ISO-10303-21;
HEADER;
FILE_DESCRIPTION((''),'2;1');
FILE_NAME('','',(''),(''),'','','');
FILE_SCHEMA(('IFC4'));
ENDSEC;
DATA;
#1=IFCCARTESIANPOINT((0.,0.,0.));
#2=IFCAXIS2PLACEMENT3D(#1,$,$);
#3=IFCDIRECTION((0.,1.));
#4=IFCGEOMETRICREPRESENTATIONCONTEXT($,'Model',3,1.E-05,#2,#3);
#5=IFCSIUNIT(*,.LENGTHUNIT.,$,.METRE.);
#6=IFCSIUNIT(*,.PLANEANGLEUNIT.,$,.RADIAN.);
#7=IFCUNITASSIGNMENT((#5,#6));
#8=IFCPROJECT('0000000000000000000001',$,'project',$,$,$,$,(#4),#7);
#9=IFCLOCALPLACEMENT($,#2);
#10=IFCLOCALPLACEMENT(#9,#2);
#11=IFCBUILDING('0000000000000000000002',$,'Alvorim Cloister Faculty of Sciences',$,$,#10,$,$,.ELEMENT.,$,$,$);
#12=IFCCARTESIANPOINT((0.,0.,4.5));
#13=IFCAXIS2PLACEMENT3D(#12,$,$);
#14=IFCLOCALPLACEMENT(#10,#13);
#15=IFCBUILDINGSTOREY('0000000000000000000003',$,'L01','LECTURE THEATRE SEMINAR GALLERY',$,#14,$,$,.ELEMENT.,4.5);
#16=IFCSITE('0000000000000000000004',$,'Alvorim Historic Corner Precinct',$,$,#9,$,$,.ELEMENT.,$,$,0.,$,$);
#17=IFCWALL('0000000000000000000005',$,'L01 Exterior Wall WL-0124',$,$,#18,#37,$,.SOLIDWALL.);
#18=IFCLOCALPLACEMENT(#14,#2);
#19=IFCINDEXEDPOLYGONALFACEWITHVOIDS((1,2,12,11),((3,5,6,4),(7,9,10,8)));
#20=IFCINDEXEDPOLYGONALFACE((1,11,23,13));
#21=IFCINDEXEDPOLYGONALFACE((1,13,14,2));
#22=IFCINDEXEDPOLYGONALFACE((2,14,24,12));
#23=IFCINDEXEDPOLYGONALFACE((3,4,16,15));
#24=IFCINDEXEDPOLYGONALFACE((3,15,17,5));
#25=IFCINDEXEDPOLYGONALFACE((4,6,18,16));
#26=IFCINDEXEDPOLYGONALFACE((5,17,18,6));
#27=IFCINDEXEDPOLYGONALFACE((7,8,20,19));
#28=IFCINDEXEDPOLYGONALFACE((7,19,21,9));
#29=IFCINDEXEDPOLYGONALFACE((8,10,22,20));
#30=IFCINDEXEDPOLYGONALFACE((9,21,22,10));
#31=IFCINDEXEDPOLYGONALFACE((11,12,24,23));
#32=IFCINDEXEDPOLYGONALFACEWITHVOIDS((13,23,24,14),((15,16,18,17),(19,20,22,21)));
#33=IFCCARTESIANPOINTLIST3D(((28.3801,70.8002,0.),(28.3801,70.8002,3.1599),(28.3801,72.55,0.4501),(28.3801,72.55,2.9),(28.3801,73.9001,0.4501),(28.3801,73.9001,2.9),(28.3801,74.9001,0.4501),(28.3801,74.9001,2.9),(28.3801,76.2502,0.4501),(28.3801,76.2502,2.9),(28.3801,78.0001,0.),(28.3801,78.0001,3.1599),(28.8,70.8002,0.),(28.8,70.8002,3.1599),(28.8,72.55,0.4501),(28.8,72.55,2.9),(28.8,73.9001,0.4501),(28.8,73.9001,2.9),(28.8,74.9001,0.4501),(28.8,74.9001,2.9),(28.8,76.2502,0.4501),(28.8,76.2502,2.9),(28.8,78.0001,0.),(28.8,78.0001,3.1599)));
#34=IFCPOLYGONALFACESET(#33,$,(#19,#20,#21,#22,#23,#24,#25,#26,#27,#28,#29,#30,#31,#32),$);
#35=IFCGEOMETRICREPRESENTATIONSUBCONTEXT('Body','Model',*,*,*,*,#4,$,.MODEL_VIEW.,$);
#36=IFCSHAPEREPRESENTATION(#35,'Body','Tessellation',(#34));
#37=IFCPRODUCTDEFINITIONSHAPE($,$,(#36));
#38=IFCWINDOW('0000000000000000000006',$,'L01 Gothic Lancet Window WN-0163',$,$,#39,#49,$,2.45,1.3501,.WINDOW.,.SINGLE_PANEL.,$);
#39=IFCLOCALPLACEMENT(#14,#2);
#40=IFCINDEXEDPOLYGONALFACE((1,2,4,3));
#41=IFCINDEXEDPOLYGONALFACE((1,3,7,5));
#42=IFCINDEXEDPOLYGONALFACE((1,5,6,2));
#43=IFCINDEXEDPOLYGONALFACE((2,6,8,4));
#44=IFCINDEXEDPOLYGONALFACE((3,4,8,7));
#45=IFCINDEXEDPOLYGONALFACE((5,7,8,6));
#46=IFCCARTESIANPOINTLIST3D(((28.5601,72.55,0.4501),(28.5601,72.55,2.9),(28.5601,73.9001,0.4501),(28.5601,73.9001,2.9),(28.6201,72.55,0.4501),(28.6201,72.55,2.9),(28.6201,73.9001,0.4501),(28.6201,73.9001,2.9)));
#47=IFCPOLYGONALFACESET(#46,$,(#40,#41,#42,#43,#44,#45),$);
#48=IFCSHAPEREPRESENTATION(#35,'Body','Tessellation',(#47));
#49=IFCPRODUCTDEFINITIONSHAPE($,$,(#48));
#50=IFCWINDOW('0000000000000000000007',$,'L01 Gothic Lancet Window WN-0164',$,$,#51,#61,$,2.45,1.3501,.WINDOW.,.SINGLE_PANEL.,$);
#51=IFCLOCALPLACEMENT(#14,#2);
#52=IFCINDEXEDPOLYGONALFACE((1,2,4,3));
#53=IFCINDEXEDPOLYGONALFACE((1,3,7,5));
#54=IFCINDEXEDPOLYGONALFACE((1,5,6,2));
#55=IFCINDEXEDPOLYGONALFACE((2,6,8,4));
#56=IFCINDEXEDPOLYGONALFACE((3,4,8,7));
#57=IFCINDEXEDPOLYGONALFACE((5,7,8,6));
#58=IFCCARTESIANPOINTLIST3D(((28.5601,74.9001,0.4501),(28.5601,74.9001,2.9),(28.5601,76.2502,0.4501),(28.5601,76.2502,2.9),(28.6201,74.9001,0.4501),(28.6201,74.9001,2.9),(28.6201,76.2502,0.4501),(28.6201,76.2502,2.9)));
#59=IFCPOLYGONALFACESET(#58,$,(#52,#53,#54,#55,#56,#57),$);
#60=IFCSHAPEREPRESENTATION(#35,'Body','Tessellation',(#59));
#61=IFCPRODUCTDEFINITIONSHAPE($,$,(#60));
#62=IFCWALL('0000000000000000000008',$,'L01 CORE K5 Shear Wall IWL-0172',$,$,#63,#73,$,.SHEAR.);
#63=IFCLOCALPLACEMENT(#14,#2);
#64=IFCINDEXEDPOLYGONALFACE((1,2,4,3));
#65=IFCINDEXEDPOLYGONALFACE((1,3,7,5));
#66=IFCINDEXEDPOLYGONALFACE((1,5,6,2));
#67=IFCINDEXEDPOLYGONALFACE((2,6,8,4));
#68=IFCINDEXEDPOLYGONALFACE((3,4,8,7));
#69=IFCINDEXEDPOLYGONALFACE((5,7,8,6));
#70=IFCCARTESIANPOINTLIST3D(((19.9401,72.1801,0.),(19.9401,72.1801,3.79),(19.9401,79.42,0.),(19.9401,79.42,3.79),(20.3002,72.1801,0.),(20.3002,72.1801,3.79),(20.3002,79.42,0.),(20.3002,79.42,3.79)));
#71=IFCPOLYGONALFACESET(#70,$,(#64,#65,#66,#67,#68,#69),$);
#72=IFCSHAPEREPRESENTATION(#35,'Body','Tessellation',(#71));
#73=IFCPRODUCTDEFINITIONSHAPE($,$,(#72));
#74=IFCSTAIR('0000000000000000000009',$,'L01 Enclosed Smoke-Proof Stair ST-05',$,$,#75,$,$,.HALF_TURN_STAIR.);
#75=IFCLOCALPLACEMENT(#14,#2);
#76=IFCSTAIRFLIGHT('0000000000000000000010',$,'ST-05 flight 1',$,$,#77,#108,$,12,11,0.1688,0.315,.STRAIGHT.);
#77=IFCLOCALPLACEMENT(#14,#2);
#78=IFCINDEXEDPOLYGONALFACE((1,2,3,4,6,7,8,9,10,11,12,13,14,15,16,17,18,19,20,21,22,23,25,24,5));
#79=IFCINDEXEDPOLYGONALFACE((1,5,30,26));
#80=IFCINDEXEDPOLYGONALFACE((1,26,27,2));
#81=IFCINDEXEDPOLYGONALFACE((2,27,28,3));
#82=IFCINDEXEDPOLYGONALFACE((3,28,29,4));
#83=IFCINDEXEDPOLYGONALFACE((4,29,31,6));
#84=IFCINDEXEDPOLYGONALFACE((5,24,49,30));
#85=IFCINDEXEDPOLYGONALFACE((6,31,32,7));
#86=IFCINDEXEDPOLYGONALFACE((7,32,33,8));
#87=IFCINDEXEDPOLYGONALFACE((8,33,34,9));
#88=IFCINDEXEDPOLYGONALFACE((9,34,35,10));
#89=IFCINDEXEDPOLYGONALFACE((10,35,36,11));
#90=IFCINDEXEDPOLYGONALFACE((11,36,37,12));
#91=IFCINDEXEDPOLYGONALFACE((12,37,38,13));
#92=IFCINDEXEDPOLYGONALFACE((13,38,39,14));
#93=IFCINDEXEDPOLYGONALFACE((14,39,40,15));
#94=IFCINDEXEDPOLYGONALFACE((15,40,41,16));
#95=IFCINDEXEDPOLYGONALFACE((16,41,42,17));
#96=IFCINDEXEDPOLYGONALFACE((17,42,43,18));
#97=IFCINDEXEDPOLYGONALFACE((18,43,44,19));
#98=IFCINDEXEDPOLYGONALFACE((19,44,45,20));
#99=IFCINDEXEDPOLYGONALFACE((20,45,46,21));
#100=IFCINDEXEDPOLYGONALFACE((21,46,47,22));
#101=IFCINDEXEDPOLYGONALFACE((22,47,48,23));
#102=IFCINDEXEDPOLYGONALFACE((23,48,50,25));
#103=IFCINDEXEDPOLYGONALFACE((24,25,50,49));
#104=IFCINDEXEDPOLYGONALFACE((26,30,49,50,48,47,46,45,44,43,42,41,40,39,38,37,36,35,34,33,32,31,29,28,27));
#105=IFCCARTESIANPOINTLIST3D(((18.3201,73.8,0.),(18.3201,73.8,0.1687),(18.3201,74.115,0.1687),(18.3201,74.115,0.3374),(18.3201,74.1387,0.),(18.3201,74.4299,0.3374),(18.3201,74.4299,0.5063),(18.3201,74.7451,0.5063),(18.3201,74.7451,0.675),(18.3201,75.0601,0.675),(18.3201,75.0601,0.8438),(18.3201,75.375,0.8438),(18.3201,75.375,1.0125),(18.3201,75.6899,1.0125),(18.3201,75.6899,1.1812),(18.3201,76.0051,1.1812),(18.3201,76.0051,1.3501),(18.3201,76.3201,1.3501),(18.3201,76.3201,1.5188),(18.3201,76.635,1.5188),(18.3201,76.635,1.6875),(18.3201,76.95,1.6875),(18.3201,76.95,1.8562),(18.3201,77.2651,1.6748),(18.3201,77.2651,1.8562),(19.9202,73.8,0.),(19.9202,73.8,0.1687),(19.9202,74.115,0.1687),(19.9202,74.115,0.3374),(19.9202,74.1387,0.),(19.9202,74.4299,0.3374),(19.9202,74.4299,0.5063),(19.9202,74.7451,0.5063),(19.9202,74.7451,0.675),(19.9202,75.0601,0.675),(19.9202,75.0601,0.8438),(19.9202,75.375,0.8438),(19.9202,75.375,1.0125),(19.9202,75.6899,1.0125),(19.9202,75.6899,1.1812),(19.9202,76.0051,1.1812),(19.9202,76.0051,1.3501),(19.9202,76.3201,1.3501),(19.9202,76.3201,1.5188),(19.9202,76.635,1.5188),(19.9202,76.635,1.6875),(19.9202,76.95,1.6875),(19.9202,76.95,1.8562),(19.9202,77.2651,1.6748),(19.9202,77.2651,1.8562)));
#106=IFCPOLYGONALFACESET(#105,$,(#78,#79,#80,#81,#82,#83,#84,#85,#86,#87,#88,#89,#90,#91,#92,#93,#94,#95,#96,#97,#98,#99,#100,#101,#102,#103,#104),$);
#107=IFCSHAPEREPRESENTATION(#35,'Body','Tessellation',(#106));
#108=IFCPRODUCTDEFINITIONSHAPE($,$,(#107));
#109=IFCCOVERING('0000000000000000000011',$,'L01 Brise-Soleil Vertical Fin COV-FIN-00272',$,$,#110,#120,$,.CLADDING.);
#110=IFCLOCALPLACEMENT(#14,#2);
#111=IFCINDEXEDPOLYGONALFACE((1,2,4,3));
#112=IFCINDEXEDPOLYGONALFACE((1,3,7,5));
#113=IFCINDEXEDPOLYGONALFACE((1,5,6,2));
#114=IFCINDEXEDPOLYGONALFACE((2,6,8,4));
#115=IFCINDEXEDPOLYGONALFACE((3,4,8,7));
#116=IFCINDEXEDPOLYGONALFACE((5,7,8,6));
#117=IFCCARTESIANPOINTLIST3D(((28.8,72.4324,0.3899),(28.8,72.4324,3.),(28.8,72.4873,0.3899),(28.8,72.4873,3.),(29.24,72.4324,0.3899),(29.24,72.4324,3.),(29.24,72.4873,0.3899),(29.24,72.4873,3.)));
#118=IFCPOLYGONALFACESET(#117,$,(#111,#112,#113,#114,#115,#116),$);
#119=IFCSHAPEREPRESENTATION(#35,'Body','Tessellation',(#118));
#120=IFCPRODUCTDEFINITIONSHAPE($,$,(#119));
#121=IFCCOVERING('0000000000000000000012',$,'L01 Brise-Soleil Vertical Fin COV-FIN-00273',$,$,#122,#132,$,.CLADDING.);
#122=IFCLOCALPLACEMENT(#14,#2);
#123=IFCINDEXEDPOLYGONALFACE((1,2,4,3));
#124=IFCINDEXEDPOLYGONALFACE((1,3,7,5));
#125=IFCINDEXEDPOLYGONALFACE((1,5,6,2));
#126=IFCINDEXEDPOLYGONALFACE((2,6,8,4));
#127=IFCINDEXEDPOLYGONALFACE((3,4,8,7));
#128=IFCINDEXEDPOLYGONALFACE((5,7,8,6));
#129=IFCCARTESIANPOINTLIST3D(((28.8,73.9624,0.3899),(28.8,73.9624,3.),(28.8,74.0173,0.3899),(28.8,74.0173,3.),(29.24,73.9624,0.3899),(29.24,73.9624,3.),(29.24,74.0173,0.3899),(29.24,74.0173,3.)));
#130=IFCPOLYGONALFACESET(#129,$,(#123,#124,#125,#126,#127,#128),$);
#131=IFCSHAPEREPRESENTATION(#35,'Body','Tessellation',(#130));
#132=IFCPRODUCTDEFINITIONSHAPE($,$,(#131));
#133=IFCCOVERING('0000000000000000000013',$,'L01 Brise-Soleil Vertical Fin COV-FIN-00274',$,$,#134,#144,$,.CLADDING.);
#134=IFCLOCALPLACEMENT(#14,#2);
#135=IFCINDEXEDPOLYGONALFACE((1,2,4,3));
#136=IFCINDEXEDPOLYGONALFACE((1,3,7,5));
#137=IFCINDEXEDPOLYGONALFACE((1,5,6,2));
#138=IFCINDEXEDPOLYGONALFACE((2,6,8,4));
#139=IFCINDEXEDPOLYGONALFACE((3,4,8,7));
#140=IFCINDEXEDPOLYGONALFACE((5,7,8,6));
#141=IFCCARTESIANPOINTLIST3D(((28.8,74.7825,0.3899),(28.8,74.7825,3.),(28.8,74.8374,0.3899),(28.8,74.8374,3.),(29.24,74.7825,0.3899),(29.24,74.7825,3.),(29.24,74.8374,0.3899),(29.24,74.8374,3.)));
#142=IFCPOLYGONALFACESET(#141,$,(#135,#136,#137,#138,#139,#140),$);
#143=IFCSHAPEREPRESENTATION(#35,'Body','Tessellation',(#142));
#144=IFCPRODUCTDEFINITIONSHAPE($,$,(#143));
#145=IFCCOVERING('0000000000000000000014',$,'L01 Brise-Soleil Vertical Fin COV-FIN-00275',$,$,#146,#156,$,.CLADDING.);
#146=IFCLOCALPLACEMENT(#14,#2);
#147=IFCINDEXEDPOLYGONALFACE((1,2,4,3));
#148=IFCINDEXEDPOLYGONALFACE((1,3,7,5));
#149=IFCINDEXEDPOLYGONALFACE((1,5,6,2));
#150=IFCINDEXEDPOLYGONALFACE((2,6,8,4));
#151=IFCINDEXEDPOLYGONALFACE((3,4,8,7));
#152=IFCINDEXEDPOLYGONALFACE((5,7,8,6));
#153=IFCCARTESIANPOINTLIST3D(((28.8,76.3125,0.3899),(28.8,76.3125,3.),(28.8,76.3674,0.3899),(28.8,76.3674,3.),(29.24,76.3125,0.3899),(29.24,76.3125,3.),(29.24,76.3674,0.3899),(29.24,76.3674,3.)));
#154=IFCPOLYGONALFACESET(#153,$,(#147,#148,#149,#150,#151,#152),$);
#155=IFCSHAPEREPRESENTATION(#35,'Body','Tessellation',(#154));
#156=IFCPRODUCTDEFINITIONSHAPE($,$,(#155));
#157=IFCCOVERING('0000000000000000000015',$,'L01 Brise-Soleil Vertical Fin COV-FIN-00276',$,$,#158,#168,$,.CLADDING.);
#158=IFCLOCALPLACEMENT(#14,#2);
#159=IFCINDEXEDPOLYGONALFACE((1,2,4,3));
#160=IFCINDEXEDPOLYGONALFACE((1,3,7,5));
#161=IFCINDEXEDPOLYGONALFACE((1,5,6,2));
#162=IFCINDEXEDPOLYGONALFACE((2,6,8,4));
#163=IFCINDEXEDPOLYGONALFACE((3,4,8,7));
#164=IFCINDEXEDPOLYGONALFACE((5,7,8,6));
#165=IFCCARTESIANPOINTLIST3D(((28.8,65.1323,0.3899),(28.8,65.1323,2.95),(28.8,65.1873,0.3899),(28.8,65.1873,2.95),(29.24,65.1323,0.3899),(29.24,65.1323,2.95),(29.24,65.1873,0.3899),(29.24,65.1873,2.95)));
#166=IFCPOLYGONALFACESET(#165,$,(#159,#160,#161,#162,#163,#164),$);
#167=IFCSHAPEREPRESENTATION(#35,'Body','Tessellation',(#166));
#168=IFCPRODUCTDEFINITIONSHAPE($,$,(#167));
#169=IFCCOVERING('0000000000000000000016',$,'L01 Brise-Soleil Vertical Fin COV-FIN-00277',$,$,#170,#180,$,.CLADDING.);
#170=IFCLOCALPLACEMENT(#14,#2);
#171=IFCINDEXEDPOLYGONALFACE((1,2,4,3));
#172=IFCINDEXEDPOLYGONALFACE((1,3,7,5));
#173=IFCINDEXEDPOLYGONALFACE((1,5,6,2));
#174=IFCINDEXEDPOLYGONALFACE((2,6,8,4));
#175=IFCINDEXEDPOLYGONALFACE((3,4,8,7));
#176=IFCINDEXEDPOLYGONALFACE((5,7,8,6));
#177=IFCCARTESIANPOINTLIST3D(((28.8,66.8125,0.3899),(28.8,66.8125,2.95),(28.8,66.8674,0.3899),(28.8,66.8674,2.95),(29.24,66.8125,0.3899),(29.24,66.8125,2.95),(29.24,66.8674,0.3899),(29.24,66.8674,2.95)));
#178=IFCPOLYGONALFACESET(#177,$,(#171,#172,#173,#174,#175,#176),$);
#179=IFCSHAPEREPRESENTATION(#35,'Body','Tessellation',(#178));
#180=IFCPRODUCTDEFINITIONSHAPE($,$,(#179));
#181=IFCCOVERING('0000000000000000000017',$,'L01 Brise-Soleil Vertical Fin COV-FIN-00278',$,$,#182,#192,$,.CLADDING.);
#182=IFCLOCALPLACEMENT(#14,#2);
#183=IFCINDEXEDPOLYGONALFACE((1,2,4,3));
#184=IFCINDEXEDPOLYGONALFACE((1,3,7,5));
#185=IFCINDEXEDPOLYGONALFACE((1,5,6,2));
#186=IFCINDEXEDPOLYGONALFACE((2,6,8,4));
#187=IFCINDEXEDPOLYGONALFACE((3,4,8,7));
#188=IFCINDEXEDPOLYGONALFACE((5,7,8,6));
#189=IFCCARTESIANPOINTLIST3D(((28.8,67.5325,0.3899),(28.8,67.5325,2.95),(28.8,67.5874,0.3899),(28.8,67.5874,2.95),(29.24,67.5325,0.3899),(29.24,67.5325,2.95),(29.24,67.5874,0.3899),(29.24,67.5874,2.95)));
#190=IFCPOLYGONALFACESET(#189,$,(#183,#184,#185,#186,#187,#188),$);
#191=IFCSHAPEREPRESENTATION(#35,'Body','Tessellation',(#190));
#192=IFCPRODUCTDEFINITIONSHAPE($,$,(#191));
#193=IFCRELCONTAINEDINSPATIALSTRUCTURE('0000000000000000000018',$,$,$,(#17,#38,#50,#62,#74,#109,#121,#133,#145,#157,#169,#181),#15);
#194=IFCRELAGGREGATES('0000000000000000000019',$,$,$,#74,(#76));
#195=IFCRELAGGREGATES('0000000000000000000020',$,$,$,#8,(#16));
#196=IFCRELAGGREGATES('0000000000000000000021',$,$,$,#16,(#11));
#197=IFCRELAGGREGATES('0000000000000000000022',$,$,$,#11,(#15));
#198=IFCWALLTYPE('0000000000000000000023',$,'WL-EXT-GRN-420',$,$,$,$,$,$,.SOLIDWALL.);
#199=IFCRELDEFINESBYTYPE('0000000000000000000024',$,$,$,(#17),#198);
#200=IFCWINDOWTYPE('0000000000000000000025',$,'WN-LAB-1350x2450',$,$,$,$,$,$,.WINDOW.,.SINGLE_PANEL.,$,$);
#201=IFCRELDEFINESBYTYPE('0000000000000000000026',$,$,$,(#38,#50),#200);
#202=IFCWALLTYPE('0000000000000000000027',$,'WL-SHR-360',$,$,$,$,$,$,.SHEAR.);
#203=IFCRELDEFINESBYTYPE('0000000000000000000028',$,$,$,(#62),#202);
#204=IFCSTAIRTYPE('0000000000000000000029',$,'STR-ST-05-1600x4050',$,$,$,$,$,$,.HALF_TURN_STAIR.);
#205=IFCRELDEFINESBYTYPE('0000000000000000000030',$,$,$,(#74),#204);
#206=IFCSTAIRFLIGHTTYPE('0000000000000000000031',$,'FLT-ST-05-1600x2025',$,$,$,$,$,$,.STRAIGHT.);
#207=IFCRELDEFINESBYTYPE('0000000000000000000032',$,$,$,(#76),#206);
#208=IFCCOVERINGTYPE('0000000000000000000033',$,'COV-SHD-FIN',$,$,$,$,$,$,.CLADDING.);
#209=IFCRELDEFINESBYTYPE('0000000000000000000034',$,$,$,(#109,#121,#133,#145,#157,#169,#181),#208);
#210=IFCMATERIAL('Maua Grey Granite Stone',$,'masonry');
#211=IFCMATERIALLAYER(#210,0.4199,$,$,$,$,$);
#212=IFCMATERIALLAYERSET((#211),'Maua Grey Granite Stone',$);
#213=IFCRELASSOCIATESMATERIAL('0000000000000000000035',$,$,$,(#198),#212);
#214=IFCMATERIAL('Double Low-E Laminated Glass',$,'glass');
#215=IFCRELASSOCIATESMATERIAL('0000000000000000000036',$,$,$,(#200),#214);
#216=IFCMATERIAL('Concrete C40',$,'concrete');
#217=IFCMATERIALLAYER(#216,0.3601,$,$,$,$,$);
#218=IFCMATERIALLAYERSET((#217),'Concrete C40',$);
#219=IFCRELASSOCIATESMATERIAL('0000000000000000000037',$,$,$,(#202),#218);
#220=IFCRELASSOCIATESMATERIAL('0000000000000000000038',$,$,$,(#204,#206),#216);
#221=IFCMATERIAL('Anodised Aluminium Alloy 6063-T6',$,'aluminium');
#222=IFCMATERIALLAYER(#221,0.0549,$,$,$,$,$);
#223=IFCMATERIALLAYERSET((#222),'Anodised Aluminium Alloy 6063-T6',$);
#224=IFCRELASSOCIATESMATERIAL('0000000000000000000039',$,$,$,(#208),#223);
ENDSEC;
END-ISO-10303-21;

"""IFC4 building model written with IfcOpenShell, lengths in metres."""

from ifc_helpers import new_model, si_unit, direction, frame, frame_2d, origin, place, context, subcontext, project, spatial, polyline, rectangle, outline, extrude, material, layer, layer_set, type_object, element, fill, aggregate, save


model = new_model("IFC4")

# Units and contexts
model_context = context("Model", 3, precision=1e-05, world=origin(), true_north=direction((0.0, 1.0)))
body_context = subcontext(model_context, "Body", "Model", "MODEL_VIEW")
ifc_project = project(units=[si_unit("LENGTHUNIT", "METRE"), si_unit("PLANEANGLEUNIT", "RADIAN")], contexts=[model_context])

# Site, building, storey
site_placement = place(None, origin())
site = spatial("IfcSite", under=ifc_project, at=site_placement, Name="Alvorim Historic Corner Precinct", CompositionType="ELEMENT", RefElevation=0.0)
building_placement = place(site_placement, origin())
building = spatial("IfcBuilding", under=site, at=building_placement, Name="Alvorim Cloister Faculty of Sciences", CompositionType="ELEMENT")
storey_placement = place(building_placement, frame((0.0, 0.0, 4.5)))
storey = spatial("IfcBuildingStorey", under=building, at=storey_placement, Name="L01", Description="LECTURE THEATRE SEMINAR GALLERY", CompositionType="ELEMENT", Elevation=4.5)

# Shared definitions
ifc_material_1 = material(Name="Concrete C40", Category="concrete")

# Wall, openings, windows
ifc_material_2 = material(Name="Maua Grey Granite Stone", Category="masonry")
ifc_layer_1 = layer(ifc_material_2, 0.4199)
ifc_layer_set_1 = layer_set([ifc_layer_1], Name="Maua Grey Granite Stone")
wall_type_1 = type_object("IfcWallType", Name="WL-EXT-GRN-420", PredefinedType="SOLIDWALL", material=ifc_layer_set_1)
wall_1_placement = place(storey_placement, frame((28.5901, 70.8, 0.0), z_axis=(0.0, 0.0, 1.0), x_axis=(0.0, 1.0, 0.0)))
wall_1 = element("IfcWall", 1, at=wall_1_placement, inside=storey, type_object=wall_type_1, Name="L01 Exterior Wall WL-0124", PredefinedType="SOLIDWALL", context=body_context, shape_type="SweptSolid", body=[
    extrude(rectangle(XDim=7.2, YDim=0.4199, at=frame_2d((3.6001, 0.0))), origin(), (0.0, 0.0, 1.0), 3.1599),
])
opening_1_placement = place(wall_1_placement, frame((1.75, 0.0, 0.45)))
opening_1 = element("IfcOpeningElement", 2, at=opening_1_placement, cuts=wall_1, PredefinedType="OPENING", context=body_context, shape_type="SweptSolid", body=[
    extrude(rectangle(XDim=1.3501, YDim=2.45, at=frame_2d((0.675, 1.2251))), frame((0.0, 0.2219, 0.0), z_axis=(0.0, -1.0, 0.0), x_axis=(1.0, 0.0, 0.0)), (0.0, 0.0, 1.0), 0.4438),
])
opening_2_placement = place(wall_1_placement, frame((4.1001, 0.0, 0.45)))
opening_2 = element("IfcOpeningElement", 3, at=opening_2_placement, cuts=wall_1, PredefinedType="OPENING", context=body_context, shape_type="SweptSolid", body=[
    extrude(rectangle(XDim=1.3501, YDim=2.45, at=frame_2d((0.675, 1.2251))), frame((0.0, 0.2219, 0.0), z_axis=(0.0, -1.0, 0.0), x_axis=(1.0, 0.0, 0.0)), (0.0, 0.0, 1.0), 0.4438),
])
ifc_material_3 = material(Name="Double Low-E Laminated Glass", Category="glass")
window_type = type_object("IfcWindowType", Name="WN-LAB-1350x2450", PartitioningType="SINGLE_PANEL", PredefinedType="WINDOW", material=ifc_material_3)
window_1_placement = place(opening_1_placement, origin())
window_1 = element("IfcWindow", 4, at=window_1_placement, inside=storey, type_object=window_type, Name="L01 Gothic Lancet Window WN-0163", OverallHeight=2.45, OverallWidth=1.3501, PartitioningType="SINGLE_PANEL", PredefinedType="WINDOW", context=body_context, shape_type="SweptSolid", body=[
    extrude(rectangle(XDim=1.3501, YDim=2.45, at=frame_2d((0.675, 1.2251))), frame((0.0, 0.03, 0.0), z_axis=(0.0, -1.0, 0.0), x_axis=(1.0, 0.0, 0.0)), (0.0, 0.0, 1.0), 0.0601),
])
fill(opening_1, window_1)
window_2_placement = place(opening_2_placement, origin())
window_2 = element("IfcWindow", 5, at=window_2_placement, inside=storey, type_object=window_type, Name="L01 Gothic Lancet Window WN-0164", OverallHeight=2.45, OverallWidth=1.3501, PartitioningType="SINGLE_PANEL", PredefinedType="WINDOW", context=body_context, shape_type="SweptSolid", body=[
    extrude(rectangle(XDim=1.3501, YDim=2.45, at=frame_2d((0.675, 1.2251))), frame((0.0, 0.03, 0.0), z_axis=(0.0, -1.0, 0.0), x_axis=(1.0, 0.0, 0.0)), (0.0, 0.0, 1.0), 0.0601),
])
fill(opening_2, window_2)

# Wall
ifc_layer_2 = layer(ifc_material_1, 0.3601)
ifc_layer_set_2 = layer_set([ifc_layer_2], Name="Concrete C40")
wall_type_2 = type_object("IfcWallType", Name="WL-SHR-360", PredefinedType="SHEAR", material=ifc_layer_set_2)
wall_2_placement = place(storey_placement, frame((20.1201, 72.1799, 0.0), z_axis=(0.0, 0.0, 1.0), x_axis=(0.0, 1.0, 0.0)))
element("IfcWall", 6, at=wall_2_placement, inside=storey, type_object=wall_type_2, Name="L01 CORE K5 Shear Wall IWL-0172", PredefinedType="SHEAR", context=body_context, shape_type="SweptSolid", body=[
    extrude(rectangle(XDim=7.24, YDim=0.3601, at=frame_2d((3.6201, 0.0))), origin(), (0.0, 0.0, 1.0), 3.79),
])

# Stair, stair flight
stair_type = type_object("IfcStairType", Name="STR-ST-05-1600x4050", PredefinedType="HALF_TURN_STAIR", material=ifc_material_1)
stair_placement = place(storey_placement, origin())
stair = element("IfcStair", 7, at=stair_placement, inside=storey, type_object=stair_type, Name="L01 Enclosed Smoke-Proof Stair ST-05", PredefinedType="HALF_TURN_STAIR")
stair_flight_type = type_object("IfcStairFlightType", Name="FLT-ST-05-1600x2025", PredefinedType="STRAIGHT", material=ifc_material_1)
stair_flight_placement = place(storey_placement, frame((19.1201, 73.8, 0.0), z_axis=(0.0, 0.0, 1.0), x_axis=(0.0, 1.0, 0.0)))
stair_flight = element("IfcStairFlight", 8, at=stair_flight_placement, type_object=stair_flight_type, Name="ST-05 flight 1", NumberOfRisers=12, NumberOfTreads=11, PredefinedType="STRAIGHT", RiserHeight=0.1688, TreadLength=0.315, context=body_context, shape_type="SweptSolid", body=[
    extrude(outline(polyline([(0.3386, 0.0), (3.4651, 1.6748), (3.4651, 2.0249), (3.4651, 1.8562), (3.1499, 1.8562), (3.1499, 1.6875), (2.835, 1.6875), (2.835, 1.5188), (2.52, 1.5188), (2.52, 1.3501), (2.2051, 1.3501), (2.2051, 1.1812), (1.8899, 1.1812), (1.8899, 1.0125), (1.575, 1.0125), (1.575, 0.8438), (1.26, 0.8438), (1.26, 0.675), (0.9451, 0.675), (0.9451, 0.5063), (0.6299, 0.5063), (0.6299, 0.3374), (0.3149, 0.3374), (0.3149, 0.1687), (0.0, 0.1687), (0.0, 0.0), (0.3386, 0.0)])), frame((0.0, 0.8, 0.0), z_axis=(0.0, -1.0, 0.0), x_axis=(1.0, 0.0, 0.0)), (0.0, 0.0, 1.0), 1.6001),
])
aggregate(stair, [stair_flight])

# Coverings
ifc_material_4 = material(Name="Anodised Aluminium Alloy 6063-T6", Category="aluminium")
ifc_layer_3 = layer(ifc_material_4, 0.0549)
ifc_layer_set_3 = layer_set([ifc_layer_3], Name="Anodised Aluminium Alloy 6063-T6")
covering_type = type_object("IfcCoveringType", Name="COV-SHD-FIN", PredefinedType="CLADDING", material=ifc_layer_set_3)
for number, where, z_axis, x_axis, name in (
    (9, (28.8, 72.46, 0.3899), (0.0, 0.0, 1.0), (1.0, 0.0, 0.0), "L01 Brise-Soleil Vertical Fin COV-FIN-00272"),
    (10, (28.8, 73.99, 0.3899), (0.0, 0.0, 1.0), (1.0, 0.0, 0.0), "L01 Brise-Soleil Vertical Fin COV-FIN-00273"),
    (11, (28.8, 74.8101, 0.3899), (0.0, 0.0, 1.0), (1.0, 0.0, 0.0), "L01 Brise-Soleil Vertical Fin COV-FIN-00274"),
    (12, (28.8, 76.3401, 0.3899), (0.0, 0.0, 1.0), (1.0, 0.0, 0.0), "L01 Brise-Soleil Vertical Fin COV-FIN-00275"),
):
    element("IfcCovering", number, at=place(storey_placement, frame(where, z_axis=z_axis, x_axis=x_axis)), inside=storey, type_object=covering_type, Name=name, PredefinedType="CLADDING", context=body_context, shape_type="SweptSolid", body=[
        extrude(outline(polyline([(0.0, 0.0), (0.4399, 0.0), (0.4399, 2.6101), (0.0, 2.6101), (0.0, 0.0)])), frame((0.0, 0.0273, 0.0), z_axis=(0.0, -1.0, 0.0), x_axis=(1.0, 0.0, 0.0)), (0.0, 0.0, 1.0), 0.0549),
    ])
for number, where, z_axis, x_axis, name in (
    (13, (28.8, 65.1599, 0.3899), (0.0, 0.0, 1.0), (1.0, 0.0, 0.0), "L01 Brise-Soleil Vertical Fin COV-FIN-00276"),
    (14, (28.8, 66.8401, 0.3899), (0.0, 0.0, 1.0), (1.0, 0.0, 0.0), "L01 Brise-Soleil Vertical Fin COV-FIN-00277"),
    (15, (28.8, 67.5601, 0.3899), (0.0, 0.0, 1.0), (1.0, 0.0, 0.0), "L01 Brise-Soleil Vertical Fin COV-FIN-00278"),
):
    element("IfcCovering", number, at=place(storey_placement, frame(where, z_axis=z_axis, x_axis=x_axis)), inside=storey, type_object=covering_type, Name=name, PredefinedType="CLADDING", context=body_context, shape_type="SweptSolid", body=[
        extrude(outline(polyline([(0.0, 0.0), (0.4399, 0.0), (0.4399, 2.5601), (0.0, 2.5601), (0.0, 0.0)])), frame((0.0, 0.0273, 0.0), z_axis=(0.0, -1.0, 0.0), x_axis=(1.0, 0.0, 0.0)), (0.0, 0.0, 1.0), 0.0549),
    ])

save(model, "model.ifc")
